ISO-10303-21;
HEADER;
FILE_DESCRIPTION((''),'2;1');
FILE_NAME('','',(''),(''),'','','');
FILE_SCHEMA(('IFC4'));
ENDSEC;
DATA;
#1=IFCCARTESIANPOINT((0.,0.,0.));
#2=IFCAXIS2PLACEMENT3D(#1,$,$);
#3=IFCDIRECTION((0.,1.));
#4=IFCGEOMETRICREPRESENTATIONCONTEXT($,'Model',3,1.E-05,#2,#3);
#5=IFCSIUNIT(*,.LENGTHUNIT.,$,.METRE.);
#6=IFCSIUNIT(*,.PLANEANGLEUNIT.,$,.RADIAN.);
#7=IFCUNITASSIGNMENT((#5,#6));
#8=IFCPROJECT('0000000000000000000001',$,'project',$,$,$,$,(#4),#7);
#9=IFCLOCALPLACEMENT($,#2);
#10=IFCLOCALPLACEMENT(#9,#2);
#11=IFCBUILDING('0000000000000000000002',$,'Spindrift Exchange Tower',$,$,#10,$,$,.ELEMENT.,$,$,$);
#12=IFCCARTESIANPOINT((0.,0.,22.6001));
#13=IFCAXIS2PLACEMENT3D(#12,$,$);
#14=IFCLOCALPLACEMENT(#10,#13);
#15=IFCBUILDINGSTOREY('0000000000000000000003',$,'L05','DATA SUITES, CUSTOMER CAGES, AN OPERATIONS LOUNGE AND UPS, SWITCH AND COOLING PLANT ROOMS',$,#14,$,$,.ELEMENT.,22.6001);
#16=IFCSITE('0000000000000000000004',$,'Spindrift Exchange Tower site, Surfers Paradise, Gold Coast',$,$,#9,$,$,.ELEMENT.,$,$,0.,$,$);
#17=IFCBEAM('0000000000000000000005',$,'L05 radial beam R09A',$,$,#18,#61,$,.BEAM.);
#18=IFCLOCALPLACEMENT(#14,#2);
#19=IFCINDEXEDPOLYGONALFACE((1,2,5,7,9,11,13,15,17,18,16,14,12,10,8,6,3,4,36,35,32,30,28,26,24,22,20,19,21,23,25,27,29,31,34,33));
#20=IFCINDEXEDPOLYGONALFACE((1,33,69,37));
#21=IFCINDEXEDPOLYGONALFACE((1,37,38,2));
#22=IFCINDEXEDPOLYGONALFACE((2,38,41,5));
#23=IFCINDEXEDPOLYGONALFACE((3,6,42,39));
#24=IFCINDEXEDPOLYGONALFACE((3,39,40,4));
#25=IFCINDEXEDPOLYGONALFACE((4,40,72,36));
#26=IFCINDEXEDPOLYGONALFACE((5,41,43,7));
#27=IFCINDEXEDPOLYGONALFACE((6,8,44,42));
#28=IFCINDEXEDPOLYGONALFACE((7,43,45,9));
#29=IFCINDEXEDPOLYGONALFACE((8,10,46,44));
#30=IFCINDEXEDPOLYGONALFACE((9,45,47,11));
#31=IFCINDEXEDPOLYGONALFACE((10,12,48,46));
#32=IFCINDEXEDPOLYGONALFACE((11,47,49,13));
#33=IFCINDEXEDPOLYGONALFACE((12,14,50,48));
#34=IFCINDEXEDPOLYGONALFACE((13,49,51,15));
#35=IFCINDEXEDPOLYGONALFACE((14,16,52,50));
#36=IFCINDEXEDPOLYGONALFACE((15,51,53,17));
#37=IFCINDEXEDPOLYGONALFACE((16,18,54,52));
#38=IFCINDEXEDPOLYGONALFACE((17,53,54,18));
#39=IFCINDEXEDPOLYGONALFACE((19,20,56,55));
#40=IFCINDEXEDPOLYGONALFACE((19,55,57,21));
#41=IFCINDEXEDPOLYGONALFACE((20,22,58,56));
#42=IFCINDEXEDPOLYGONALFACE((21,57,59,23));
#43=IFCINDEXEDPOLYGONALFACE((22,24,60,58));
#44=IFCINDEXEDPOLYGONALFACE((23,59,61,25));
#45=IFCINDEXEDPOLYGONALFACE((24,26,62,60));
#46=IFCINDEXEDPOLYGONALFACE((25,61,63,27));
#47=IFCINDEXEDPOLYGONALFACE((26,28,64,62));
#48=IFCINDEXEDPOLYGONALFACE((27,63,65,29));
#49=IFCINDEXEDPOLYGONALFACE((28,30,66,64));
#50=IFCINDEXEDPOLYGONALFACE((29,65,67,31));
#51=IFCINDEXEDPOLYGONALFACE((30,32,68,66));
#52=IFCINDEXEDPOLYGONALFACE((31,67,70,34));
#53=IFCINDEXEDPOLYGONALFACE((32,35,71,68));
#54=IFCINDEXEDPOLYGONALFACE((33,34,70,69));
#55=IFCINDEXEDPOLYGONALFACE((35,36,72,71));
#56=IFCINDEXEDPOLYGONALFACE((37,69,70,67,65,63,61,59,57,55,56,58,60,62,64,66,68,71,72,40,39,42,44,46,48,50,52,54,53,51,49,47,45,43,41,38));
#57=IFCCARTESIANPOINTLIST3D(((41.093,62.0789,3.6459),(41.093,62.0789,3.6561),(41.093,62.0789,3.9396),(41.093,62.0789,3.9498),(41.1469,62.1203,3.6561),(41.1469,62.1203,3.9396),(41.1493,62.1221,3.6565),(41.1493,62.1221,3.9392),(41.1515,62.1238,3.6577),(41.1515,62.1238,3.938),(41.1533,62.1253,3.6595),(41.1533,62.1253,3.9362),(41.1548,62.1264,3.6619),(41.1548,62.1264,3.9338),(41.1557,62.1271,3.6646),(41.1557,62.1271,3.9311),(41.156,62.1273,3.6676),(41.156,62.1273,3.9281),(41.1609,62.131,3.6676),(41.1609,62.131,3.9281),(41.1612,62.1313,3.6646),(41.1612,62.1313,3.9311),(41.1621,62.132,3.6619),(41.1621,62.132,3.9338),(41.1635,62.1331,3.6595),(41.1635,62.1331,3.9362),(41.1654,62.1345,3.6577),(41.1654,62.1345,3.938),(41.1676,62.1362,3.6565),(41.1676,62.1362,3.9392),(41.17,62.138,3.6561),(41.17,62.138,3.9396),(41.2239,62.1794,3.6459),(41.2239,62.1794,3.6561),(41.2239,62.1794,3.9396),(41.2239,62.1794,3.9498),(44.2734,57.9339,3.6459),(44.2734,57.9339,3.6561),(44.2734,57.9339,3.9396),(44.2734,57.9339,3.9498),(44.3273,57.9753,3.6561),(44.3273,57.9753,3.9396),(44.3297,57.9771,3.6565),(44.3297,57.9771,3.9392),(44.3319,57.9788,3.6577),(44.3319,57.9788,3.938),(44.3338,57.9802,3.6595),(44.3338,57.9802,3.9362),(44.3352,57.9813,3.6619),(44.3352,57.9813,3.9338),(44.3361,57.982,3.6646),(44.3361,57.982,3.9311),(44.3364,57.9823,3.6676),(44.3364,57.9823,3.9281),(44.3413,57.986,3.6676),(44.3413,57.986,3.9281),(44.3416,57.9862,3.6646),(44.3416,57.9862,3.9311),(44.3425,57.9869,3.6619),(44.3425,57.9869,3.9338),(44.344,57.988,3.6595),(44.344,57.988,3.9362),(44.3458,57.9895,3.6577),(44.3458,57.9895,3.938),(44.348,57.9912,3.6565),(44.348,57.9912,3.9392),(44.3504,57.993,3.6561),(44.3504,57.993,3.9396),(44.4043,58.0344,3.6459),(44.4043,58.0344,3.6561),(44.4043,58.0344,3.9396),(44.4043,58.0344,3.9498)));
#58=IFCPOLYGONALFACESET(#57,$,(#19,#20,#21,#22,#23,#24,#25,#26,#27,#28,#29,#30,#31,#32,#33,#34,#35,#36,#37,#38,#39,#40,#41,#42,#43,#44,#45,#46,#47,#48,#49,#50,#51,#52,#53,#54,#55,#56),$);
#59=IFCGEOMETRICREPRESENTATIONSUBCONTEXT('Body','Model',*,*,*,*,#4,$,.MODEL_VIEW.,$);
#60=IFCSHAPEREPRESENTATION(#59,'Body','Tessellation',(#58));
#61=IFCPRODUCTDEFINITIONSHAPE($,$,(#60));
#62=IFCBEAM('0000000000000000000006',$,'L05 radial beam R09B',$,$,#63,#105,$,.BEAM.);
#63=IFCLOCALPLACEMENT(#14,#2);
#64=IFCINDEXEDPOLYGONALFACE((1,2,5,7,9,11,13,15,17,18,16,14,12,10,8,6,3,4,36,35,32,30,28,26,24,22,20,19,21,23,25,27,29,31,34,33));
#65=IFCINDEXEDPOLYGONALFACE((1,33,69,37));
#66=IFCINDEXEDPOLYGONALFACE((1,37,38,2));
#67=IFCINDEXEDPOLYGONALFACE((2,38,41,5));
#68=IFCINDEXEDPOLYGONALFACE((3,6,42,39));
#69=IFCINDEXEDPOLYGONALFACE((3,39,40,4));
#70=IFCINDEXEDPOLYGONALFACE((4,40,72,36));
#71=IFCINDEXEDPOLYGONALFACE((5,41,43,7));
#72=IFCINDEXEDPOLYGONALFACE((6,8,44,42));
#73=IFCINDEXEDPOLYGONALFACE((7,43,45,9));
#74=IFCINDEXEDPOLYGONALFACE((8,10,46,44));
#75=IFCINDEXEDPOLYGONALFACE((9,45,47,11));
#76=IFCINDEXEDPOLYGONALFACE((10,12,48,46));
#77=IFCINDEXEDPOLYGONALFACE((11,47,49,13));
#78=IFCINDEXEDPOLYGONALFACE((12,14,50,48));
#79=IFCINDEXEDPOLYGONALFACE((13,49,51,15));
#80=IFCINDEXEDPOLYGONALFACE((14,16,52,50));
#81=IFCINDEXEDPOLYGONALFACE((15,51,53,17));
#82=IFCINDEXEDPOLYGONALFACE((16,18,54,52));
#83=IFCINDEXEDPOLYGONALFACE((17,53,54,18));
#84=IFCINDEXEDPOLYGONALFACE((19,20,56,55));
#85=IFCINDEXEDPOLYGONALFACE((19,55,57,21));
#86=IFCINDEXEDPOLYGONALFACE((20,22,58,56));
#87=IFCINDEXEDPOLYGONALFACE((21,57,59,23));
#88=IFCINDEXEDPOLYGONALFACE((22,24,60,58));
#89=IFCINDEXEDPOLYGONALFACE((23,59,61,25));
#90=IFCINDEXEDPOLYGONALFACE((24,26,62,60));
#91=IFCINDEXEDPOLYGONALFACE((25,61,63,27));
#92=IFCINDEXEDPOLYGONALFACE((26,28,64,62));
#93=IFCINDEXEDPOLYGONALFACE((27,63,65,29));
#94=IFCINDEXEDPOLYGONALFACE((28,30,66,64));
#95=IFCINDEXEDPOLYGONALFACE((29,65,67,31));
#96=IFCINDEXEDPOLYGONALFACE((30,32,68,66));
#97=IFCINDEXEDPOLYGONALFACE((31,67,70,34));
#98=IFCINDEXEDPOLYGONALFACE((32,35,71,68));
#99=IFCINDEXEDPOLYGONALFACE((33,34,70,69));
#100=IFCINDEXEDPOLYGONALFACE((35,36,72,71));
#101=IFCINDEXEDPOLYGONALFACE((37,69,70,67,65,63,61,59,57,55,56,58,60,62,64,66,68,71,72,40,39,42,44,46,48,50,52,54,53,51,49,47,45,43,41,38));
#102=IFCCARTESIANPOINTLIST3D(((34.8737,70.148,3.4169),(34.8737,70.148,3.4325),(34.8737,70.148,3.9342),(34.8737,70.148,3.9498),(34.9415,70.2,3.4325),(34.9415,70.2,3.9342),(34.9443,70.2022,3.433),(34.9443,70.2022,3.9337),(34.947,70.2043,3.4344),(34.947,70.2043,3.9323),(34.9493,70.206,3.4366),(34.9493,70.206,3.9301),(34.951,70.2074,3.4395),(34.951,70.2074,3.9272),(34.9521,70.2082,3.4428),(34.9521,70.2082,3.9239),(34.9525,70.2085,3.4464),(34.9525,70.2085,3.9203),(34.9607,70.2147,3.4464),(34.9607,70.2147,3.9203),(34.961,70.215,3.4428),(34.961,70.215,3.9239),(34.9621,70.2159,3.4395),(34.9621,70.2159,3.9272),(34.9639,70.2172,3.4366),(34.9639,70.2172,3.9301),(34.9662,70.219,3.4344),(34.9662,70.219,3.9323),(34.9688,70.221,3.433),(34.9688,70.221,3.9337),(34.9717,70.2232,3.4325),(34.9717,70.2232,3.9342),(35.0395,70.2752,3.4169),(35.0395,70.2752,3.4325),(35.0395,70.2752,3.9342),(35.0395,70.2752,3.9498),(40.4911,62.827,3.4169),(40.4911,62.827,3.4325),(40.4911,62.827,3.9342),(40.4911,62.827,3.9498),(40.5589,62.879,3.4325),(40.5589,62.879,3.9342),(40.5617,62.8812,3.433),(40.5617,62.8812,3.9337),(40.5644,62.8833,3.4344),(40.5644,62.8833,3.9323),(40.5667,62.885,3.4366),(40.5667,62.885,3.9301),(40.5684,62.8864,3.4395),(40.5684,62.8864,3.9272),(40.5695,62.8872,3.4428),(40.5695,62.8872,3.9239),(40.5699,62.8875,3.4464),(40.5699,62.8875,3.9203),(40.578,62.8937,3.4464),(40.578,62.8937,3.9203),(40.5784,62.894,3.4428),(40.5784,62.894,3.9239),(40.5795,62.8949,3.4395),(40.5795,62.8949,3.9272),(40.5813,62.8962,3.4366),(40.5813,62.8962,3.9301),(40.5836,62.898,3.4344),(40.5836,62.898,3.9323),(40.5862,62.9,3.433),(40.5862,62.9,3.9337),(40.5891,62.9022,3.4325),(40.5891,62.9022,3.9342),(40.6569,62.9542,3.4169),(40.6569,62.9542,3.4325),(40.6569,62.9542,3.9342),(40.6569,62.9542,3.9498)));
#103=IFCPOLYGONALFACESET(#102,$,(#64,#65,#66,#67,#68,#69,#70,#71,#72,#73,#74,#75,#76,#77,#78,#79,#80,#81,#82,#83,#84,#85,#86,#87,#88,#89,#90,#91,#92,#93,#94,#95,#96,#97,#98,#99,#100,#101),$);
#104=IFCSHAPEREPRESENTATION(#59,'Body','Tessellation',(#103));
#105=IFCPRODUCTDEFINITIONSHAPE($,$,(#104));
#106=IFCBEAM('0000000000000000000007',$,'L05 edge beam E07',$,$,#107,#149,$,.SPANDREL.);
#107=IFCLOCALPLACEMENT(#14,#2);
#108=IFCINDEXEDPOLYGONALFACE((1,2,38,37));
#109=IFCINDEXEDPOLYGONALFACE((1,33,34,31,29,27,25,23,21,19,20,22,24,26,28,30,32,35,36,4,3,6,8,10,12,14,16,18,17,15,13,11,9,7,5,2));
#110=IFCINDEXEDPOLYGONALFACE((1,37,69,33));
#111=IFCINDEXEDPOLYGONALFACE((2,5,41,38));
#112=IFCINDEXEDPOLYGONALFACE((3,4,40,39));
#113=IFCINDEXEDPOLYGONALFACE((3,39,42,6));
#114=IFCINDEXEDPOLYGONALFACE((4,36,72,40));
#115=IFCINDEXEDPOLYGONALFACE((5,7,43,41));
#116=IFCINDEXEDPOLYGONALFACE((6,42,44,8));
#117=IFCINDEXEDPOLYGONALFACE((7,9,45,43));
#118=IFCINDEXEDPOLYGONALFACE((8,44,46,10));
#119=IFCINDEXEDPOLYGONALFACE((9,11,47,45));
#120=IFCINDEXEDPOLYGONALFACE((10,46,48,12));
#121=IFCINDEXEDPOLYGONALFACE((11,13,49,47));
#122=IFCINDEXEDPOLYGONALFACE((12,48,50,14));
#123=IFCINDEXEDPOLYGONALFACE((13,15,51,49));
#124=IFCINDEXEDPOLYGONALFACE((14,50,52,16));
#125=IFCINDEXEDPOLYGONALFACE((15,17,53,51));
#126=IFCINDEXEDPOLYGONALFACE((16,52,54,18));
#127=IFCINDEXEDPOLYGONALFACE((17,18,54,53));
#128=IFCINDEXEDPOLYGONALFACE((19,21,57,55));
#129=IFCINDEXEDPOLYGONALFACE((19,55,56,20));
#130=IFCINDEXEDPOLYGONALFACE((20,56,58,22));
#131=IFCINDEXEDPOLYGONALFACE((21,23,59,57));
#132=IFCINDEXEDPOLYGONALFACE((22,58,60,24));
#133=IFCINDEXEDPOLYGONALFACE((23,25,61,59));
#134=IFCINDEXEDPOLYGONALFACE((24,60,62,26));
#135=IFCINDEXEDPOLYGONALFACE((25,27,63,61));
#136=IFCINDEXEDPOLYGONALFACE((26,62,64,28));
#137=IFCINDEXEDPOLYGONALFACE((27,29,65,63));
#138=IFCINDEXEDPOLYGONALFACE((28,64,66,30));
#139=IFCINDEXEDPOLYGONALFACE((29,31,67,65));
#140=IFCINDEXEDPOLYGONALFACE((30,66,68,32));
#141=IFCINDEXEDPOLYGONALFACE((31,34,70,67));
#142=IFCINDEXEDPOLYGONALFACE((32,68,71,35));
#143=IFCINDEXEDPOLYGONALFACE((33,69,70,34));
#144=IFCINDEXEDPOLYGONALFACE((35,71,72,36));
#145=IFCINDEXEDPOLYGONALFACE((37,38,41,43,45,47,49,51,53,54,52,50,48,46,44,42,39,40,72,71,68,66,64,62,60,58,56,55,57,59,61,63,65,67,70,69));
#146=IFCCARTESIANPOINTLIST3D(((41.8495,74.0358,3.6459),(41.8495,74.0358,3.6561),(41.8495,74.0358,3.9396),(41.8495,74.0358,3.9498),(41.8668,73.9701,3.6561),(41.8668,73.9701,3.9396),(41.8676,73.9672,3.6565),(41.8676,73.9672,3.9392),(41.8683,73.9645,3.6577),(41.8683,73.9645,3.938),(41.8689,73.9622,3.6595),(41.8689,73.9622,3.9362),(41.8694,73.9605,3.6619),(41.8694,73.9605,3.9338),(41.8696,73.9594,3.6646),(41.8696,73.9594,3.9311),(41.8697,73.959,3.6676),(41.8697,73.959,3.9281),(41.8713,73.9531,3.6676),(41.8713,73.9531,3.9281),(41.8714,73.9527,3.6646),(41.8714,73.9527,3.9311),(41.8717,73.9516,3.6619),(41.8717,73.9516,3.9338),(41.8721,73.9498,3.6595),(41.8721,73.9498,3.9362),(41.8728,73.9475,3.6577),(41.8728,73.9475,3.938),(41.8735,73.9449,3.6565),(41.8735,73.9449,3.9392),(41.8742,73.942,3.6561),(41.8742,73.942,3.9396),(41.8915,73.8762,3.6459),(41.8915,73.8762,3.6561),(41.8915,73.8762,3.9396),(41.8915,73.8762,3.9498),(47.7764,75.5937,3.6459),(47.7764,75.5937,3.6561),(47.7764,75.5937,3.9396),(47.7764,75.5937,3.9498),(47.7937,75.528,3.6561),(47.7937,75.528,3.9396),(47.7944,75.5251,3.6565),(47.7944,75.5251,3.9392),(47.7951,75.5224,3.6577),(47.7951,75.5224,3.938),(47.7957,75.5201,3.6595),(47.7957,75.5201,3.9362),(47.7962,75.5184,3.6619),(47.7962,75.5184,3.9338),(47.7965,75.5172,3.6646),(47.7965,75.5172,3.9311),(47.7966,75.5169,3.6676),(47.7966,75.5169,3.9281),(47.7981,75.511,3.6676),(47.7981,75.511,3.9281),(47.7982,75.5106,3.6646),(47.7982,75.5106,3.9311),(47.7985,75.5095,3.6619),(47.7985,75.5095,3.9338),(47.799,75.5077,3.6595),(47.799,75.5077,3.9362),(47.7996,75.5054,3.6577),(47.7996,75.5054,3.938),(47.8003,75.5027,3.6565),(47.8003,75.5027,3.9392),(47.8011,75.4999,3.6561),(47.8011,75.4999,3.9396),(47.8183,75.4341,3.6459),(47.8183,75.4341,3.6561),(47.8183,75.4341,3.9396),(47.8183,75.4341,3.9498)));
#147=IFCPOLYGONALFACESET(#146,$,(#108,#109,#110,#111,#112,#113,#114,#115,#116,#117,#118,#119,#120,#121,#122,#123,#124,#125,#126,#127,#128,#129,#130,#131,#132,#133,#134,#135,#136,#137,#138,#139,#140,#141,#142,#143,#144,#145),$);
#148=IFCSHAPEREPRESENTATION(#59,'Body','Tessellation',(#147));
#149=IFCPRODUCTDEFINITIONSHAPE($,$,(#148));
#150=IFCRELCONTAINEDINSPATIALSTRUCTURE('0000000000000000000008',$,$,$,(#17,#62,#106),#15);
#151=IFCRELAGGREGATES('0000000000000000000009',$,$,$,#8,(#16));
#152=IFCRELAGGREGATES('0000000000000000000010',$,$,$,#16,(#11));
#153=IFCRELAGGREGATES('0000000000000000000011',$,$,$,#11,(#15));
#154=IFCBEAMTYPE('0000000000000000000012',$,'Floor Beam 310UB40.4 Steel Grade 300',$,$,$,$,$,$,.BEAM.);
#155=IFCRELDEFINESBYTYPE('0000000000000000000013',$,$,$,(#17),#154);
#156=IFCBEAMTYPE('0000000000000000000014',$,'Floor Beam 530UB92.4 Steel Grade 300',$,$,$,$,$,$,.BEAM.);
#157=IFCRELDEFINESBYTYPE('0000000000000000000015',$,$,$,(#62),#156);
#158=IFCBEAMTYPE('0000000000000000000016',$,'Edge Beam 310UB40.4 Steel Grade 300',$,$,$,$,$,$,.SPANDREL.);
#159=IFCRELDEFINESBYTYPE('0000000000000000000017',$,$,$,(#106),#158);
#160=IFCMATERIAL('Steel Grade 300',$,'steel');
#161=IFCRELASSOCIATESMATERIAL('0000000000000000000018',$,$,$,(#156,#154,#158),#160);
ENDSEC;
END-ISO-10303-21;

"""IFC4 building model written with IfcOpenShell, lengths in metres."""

from ifc_helpers import new_model, si_unit, direction, frame, origin, origin_2d, place, context, subcontext, project, spatial, i_section, extrude, source, transform, mapped, material, material_profile, profile_set, type_object, element, save


model = new_model("IFC4")

# Units and contexts
model_context = context("Model", 3, precision=1e-05, world=origin(), true_north=direction((0.0, 1.0)))
body_context = subcontext(model_context, "Body", "Model", "MODEL_VIEW")
ifc_project = project(units=[si_unit("LENGTHUNIT", "METRE"), si_unit("PLANEANGLEUNIT", "RADIAN")], contexts=[model_context])

# Site, building, storey
site_placement = place(None, origin())
site = spatial("IfcSite", under=ifc_project, at=site_placement, Name="Spindrift Exchange Tower site, Surfers Paradise, Gold Coast", CompositionType="ELEMENT", RefElevation=0.0)
building_placement = place(site_placement, origin())
building = spatial("IfcBuilding", under=site, at=building_placement, Name="Spindrift Exchange Tower", CompositionType="ELEMENT")
storey_placement = place(building_placement, frame((0.0, 0.0, 22.6001)))
storey = spatial("IfcBuildingStorey", under=building, at=storey_placement, Name="L05", Description="DATA SUITES, CUSTOMER CAGES, AN OPERATIONS LOUNGE AND UPS, SWITCH AND COOLING PLANT ROOMS", CompositionType="ELEMENT", Elevation=22.6001)

# Beams
ifc_material_1 = material(Name="Steel Grade 300", Category="steel")
ifc_material_profile_1 = material_profile(ifc_material_1, i_section(OverallWidth=0.209, OverallDepth=0.533, WebThickness=0.0103, FlangeThickness=0.0156, FilletRadius=0.0139, at=origin_2d()), Name="530UB92.4")
ifc_profile_set_1 = profile_set([ifc_material_profile_1], Name="Steel Grade 300")
beam_type_1 = type_object("IfcBeamType", Name="Floor Beam 530UB92.4 Steel Grade 300", PredefinedType="BEAM", material=ifc_profile_set_1)
ifc_material_profile_2 = material_profile(ifc_material_1, i_section(OverallWidth=0.165, OverallDepth=0.304, WebThickness=0.0061, FlangeThickness=0.0103, FilletRadius=0.0115, at=origin_2d()), Name="310UB40.4")
ifc_profile_set_2 = profile_set([ifc_material_profile_2], Name="Steel Grade 300")
beam_type_2 = type_object("IfcBeamType", Name="Floor Beam 310UB40.4 Steel Grade 300", PredefinedType="BEAM", material=ifc_profile_set_2)
shared_shape_1 = source(origin(), body_context, "Body", "SweptSolid", [
    extrude(i_section(OverallWidth=0.165, OverallDepth=0.304, WebThickness=0.0061, FlangeThickness=0.0103, FilletRadius=0.0115, at=origin_2d()), origin(), (0.0, 0.0, 1.0), 5.2246),
])
beam_1_placement = place(storey_placement, frame((44.3389, 57.9841, 3.7979), z_axis=(-0.608741, 0.793369, 0.0), x_axis=(-0.793369, -0.608741, 0.0)))
element("IfcBeam", 1, at=beam_1_placement, inside=storey, type_object=beam_type_2, Name="L05 radial beam R09A", PredefinedType="BEAM", context=body_context, shape_type="MappedRepresentation", body=[
    mapped(shared_shape_1, transform((0.0, 0.0, 0.0), scale=1.0)),
])
shared_shape_2 = source(origin(), body_context, "Body", "SweptSolid", [
    extrude(i_section(OverallWidth=0.209, OverallDepth=0.533, WebThickness=0.0103, FlangeThickness=0.0156, FilletRadius=0.0139, at=origin_2d()), origin(), (0.0, 0.0, 1.0), 9.2278),
])
beam_2_placement = place(storey_placement, frame((40.574, 62.8906, 3.6833), z_axis=(-0.608748, 0.793364, 0.0), x_axis=(-0.793364, -0.608748, 0.0)))
element("IfcBeam", 2, at=beam_2_placement, inside=storey, type_object=beam_type_1, Name="L05 radial beam R09B", PredefinedType="BEAM", context=body_context, shape_type="MappedRepresentation", body=[
    mapped(shared_shape_2, transform((0.0, 0.0, 0.0), scale=1.0)),
])
ifc_material_profile_3 = material_profile(ifc_material_1, i_section(OverallWidth=0.165, OverallDepth=0.304, WebThickness=0.0061, FlangeThickness=0.0103, FilletRadius=0.0115, at=origin_2d()), Name="310UB40.4")
ifc_profile_set_3 = profile_set([ifc_material_profile_3], Name="Steel Grade 300")
beam_type_3 = type_object("IfcBeamType", Name="Edge Beam 310UB40.4 Steel Grade 300", PredefinedType="SPANDREL", material=ifc_profile_set_3)
shared_shape_3 = source(origin(), body_context, "Body", "SweptSolid", [
    extrude(i_section(OverallWidth=0.165, OverallDepth=0.304, WebThickness=0.0061, FlangeThickness=0.0103, FilletRadius=0.0115, at=origin_2d()), origin(), (0.0, 0.0, 1.0), 6.1282),
])
beam_3_placement = place(storey_placement, frame((47.7974, 75.5139, 3.7979), z_axis=(-0.967147, -0.254217, 0.0), x_axis=(0.254217, -0.967147, 0.0)))
element("IfcBeam", 3, at=beam_3_placement, inside=storey, type_object=beam_type_3, Name="L05 edge beam E07", PredefinedType="SPANDREL", context=body_context, shape_type="MappedRepresentation", body=[
    mapped(shared_shape_3, transform((0.0, 0.0, 0.0), scale=1.0)),
])

save(model, "model.ifc")
